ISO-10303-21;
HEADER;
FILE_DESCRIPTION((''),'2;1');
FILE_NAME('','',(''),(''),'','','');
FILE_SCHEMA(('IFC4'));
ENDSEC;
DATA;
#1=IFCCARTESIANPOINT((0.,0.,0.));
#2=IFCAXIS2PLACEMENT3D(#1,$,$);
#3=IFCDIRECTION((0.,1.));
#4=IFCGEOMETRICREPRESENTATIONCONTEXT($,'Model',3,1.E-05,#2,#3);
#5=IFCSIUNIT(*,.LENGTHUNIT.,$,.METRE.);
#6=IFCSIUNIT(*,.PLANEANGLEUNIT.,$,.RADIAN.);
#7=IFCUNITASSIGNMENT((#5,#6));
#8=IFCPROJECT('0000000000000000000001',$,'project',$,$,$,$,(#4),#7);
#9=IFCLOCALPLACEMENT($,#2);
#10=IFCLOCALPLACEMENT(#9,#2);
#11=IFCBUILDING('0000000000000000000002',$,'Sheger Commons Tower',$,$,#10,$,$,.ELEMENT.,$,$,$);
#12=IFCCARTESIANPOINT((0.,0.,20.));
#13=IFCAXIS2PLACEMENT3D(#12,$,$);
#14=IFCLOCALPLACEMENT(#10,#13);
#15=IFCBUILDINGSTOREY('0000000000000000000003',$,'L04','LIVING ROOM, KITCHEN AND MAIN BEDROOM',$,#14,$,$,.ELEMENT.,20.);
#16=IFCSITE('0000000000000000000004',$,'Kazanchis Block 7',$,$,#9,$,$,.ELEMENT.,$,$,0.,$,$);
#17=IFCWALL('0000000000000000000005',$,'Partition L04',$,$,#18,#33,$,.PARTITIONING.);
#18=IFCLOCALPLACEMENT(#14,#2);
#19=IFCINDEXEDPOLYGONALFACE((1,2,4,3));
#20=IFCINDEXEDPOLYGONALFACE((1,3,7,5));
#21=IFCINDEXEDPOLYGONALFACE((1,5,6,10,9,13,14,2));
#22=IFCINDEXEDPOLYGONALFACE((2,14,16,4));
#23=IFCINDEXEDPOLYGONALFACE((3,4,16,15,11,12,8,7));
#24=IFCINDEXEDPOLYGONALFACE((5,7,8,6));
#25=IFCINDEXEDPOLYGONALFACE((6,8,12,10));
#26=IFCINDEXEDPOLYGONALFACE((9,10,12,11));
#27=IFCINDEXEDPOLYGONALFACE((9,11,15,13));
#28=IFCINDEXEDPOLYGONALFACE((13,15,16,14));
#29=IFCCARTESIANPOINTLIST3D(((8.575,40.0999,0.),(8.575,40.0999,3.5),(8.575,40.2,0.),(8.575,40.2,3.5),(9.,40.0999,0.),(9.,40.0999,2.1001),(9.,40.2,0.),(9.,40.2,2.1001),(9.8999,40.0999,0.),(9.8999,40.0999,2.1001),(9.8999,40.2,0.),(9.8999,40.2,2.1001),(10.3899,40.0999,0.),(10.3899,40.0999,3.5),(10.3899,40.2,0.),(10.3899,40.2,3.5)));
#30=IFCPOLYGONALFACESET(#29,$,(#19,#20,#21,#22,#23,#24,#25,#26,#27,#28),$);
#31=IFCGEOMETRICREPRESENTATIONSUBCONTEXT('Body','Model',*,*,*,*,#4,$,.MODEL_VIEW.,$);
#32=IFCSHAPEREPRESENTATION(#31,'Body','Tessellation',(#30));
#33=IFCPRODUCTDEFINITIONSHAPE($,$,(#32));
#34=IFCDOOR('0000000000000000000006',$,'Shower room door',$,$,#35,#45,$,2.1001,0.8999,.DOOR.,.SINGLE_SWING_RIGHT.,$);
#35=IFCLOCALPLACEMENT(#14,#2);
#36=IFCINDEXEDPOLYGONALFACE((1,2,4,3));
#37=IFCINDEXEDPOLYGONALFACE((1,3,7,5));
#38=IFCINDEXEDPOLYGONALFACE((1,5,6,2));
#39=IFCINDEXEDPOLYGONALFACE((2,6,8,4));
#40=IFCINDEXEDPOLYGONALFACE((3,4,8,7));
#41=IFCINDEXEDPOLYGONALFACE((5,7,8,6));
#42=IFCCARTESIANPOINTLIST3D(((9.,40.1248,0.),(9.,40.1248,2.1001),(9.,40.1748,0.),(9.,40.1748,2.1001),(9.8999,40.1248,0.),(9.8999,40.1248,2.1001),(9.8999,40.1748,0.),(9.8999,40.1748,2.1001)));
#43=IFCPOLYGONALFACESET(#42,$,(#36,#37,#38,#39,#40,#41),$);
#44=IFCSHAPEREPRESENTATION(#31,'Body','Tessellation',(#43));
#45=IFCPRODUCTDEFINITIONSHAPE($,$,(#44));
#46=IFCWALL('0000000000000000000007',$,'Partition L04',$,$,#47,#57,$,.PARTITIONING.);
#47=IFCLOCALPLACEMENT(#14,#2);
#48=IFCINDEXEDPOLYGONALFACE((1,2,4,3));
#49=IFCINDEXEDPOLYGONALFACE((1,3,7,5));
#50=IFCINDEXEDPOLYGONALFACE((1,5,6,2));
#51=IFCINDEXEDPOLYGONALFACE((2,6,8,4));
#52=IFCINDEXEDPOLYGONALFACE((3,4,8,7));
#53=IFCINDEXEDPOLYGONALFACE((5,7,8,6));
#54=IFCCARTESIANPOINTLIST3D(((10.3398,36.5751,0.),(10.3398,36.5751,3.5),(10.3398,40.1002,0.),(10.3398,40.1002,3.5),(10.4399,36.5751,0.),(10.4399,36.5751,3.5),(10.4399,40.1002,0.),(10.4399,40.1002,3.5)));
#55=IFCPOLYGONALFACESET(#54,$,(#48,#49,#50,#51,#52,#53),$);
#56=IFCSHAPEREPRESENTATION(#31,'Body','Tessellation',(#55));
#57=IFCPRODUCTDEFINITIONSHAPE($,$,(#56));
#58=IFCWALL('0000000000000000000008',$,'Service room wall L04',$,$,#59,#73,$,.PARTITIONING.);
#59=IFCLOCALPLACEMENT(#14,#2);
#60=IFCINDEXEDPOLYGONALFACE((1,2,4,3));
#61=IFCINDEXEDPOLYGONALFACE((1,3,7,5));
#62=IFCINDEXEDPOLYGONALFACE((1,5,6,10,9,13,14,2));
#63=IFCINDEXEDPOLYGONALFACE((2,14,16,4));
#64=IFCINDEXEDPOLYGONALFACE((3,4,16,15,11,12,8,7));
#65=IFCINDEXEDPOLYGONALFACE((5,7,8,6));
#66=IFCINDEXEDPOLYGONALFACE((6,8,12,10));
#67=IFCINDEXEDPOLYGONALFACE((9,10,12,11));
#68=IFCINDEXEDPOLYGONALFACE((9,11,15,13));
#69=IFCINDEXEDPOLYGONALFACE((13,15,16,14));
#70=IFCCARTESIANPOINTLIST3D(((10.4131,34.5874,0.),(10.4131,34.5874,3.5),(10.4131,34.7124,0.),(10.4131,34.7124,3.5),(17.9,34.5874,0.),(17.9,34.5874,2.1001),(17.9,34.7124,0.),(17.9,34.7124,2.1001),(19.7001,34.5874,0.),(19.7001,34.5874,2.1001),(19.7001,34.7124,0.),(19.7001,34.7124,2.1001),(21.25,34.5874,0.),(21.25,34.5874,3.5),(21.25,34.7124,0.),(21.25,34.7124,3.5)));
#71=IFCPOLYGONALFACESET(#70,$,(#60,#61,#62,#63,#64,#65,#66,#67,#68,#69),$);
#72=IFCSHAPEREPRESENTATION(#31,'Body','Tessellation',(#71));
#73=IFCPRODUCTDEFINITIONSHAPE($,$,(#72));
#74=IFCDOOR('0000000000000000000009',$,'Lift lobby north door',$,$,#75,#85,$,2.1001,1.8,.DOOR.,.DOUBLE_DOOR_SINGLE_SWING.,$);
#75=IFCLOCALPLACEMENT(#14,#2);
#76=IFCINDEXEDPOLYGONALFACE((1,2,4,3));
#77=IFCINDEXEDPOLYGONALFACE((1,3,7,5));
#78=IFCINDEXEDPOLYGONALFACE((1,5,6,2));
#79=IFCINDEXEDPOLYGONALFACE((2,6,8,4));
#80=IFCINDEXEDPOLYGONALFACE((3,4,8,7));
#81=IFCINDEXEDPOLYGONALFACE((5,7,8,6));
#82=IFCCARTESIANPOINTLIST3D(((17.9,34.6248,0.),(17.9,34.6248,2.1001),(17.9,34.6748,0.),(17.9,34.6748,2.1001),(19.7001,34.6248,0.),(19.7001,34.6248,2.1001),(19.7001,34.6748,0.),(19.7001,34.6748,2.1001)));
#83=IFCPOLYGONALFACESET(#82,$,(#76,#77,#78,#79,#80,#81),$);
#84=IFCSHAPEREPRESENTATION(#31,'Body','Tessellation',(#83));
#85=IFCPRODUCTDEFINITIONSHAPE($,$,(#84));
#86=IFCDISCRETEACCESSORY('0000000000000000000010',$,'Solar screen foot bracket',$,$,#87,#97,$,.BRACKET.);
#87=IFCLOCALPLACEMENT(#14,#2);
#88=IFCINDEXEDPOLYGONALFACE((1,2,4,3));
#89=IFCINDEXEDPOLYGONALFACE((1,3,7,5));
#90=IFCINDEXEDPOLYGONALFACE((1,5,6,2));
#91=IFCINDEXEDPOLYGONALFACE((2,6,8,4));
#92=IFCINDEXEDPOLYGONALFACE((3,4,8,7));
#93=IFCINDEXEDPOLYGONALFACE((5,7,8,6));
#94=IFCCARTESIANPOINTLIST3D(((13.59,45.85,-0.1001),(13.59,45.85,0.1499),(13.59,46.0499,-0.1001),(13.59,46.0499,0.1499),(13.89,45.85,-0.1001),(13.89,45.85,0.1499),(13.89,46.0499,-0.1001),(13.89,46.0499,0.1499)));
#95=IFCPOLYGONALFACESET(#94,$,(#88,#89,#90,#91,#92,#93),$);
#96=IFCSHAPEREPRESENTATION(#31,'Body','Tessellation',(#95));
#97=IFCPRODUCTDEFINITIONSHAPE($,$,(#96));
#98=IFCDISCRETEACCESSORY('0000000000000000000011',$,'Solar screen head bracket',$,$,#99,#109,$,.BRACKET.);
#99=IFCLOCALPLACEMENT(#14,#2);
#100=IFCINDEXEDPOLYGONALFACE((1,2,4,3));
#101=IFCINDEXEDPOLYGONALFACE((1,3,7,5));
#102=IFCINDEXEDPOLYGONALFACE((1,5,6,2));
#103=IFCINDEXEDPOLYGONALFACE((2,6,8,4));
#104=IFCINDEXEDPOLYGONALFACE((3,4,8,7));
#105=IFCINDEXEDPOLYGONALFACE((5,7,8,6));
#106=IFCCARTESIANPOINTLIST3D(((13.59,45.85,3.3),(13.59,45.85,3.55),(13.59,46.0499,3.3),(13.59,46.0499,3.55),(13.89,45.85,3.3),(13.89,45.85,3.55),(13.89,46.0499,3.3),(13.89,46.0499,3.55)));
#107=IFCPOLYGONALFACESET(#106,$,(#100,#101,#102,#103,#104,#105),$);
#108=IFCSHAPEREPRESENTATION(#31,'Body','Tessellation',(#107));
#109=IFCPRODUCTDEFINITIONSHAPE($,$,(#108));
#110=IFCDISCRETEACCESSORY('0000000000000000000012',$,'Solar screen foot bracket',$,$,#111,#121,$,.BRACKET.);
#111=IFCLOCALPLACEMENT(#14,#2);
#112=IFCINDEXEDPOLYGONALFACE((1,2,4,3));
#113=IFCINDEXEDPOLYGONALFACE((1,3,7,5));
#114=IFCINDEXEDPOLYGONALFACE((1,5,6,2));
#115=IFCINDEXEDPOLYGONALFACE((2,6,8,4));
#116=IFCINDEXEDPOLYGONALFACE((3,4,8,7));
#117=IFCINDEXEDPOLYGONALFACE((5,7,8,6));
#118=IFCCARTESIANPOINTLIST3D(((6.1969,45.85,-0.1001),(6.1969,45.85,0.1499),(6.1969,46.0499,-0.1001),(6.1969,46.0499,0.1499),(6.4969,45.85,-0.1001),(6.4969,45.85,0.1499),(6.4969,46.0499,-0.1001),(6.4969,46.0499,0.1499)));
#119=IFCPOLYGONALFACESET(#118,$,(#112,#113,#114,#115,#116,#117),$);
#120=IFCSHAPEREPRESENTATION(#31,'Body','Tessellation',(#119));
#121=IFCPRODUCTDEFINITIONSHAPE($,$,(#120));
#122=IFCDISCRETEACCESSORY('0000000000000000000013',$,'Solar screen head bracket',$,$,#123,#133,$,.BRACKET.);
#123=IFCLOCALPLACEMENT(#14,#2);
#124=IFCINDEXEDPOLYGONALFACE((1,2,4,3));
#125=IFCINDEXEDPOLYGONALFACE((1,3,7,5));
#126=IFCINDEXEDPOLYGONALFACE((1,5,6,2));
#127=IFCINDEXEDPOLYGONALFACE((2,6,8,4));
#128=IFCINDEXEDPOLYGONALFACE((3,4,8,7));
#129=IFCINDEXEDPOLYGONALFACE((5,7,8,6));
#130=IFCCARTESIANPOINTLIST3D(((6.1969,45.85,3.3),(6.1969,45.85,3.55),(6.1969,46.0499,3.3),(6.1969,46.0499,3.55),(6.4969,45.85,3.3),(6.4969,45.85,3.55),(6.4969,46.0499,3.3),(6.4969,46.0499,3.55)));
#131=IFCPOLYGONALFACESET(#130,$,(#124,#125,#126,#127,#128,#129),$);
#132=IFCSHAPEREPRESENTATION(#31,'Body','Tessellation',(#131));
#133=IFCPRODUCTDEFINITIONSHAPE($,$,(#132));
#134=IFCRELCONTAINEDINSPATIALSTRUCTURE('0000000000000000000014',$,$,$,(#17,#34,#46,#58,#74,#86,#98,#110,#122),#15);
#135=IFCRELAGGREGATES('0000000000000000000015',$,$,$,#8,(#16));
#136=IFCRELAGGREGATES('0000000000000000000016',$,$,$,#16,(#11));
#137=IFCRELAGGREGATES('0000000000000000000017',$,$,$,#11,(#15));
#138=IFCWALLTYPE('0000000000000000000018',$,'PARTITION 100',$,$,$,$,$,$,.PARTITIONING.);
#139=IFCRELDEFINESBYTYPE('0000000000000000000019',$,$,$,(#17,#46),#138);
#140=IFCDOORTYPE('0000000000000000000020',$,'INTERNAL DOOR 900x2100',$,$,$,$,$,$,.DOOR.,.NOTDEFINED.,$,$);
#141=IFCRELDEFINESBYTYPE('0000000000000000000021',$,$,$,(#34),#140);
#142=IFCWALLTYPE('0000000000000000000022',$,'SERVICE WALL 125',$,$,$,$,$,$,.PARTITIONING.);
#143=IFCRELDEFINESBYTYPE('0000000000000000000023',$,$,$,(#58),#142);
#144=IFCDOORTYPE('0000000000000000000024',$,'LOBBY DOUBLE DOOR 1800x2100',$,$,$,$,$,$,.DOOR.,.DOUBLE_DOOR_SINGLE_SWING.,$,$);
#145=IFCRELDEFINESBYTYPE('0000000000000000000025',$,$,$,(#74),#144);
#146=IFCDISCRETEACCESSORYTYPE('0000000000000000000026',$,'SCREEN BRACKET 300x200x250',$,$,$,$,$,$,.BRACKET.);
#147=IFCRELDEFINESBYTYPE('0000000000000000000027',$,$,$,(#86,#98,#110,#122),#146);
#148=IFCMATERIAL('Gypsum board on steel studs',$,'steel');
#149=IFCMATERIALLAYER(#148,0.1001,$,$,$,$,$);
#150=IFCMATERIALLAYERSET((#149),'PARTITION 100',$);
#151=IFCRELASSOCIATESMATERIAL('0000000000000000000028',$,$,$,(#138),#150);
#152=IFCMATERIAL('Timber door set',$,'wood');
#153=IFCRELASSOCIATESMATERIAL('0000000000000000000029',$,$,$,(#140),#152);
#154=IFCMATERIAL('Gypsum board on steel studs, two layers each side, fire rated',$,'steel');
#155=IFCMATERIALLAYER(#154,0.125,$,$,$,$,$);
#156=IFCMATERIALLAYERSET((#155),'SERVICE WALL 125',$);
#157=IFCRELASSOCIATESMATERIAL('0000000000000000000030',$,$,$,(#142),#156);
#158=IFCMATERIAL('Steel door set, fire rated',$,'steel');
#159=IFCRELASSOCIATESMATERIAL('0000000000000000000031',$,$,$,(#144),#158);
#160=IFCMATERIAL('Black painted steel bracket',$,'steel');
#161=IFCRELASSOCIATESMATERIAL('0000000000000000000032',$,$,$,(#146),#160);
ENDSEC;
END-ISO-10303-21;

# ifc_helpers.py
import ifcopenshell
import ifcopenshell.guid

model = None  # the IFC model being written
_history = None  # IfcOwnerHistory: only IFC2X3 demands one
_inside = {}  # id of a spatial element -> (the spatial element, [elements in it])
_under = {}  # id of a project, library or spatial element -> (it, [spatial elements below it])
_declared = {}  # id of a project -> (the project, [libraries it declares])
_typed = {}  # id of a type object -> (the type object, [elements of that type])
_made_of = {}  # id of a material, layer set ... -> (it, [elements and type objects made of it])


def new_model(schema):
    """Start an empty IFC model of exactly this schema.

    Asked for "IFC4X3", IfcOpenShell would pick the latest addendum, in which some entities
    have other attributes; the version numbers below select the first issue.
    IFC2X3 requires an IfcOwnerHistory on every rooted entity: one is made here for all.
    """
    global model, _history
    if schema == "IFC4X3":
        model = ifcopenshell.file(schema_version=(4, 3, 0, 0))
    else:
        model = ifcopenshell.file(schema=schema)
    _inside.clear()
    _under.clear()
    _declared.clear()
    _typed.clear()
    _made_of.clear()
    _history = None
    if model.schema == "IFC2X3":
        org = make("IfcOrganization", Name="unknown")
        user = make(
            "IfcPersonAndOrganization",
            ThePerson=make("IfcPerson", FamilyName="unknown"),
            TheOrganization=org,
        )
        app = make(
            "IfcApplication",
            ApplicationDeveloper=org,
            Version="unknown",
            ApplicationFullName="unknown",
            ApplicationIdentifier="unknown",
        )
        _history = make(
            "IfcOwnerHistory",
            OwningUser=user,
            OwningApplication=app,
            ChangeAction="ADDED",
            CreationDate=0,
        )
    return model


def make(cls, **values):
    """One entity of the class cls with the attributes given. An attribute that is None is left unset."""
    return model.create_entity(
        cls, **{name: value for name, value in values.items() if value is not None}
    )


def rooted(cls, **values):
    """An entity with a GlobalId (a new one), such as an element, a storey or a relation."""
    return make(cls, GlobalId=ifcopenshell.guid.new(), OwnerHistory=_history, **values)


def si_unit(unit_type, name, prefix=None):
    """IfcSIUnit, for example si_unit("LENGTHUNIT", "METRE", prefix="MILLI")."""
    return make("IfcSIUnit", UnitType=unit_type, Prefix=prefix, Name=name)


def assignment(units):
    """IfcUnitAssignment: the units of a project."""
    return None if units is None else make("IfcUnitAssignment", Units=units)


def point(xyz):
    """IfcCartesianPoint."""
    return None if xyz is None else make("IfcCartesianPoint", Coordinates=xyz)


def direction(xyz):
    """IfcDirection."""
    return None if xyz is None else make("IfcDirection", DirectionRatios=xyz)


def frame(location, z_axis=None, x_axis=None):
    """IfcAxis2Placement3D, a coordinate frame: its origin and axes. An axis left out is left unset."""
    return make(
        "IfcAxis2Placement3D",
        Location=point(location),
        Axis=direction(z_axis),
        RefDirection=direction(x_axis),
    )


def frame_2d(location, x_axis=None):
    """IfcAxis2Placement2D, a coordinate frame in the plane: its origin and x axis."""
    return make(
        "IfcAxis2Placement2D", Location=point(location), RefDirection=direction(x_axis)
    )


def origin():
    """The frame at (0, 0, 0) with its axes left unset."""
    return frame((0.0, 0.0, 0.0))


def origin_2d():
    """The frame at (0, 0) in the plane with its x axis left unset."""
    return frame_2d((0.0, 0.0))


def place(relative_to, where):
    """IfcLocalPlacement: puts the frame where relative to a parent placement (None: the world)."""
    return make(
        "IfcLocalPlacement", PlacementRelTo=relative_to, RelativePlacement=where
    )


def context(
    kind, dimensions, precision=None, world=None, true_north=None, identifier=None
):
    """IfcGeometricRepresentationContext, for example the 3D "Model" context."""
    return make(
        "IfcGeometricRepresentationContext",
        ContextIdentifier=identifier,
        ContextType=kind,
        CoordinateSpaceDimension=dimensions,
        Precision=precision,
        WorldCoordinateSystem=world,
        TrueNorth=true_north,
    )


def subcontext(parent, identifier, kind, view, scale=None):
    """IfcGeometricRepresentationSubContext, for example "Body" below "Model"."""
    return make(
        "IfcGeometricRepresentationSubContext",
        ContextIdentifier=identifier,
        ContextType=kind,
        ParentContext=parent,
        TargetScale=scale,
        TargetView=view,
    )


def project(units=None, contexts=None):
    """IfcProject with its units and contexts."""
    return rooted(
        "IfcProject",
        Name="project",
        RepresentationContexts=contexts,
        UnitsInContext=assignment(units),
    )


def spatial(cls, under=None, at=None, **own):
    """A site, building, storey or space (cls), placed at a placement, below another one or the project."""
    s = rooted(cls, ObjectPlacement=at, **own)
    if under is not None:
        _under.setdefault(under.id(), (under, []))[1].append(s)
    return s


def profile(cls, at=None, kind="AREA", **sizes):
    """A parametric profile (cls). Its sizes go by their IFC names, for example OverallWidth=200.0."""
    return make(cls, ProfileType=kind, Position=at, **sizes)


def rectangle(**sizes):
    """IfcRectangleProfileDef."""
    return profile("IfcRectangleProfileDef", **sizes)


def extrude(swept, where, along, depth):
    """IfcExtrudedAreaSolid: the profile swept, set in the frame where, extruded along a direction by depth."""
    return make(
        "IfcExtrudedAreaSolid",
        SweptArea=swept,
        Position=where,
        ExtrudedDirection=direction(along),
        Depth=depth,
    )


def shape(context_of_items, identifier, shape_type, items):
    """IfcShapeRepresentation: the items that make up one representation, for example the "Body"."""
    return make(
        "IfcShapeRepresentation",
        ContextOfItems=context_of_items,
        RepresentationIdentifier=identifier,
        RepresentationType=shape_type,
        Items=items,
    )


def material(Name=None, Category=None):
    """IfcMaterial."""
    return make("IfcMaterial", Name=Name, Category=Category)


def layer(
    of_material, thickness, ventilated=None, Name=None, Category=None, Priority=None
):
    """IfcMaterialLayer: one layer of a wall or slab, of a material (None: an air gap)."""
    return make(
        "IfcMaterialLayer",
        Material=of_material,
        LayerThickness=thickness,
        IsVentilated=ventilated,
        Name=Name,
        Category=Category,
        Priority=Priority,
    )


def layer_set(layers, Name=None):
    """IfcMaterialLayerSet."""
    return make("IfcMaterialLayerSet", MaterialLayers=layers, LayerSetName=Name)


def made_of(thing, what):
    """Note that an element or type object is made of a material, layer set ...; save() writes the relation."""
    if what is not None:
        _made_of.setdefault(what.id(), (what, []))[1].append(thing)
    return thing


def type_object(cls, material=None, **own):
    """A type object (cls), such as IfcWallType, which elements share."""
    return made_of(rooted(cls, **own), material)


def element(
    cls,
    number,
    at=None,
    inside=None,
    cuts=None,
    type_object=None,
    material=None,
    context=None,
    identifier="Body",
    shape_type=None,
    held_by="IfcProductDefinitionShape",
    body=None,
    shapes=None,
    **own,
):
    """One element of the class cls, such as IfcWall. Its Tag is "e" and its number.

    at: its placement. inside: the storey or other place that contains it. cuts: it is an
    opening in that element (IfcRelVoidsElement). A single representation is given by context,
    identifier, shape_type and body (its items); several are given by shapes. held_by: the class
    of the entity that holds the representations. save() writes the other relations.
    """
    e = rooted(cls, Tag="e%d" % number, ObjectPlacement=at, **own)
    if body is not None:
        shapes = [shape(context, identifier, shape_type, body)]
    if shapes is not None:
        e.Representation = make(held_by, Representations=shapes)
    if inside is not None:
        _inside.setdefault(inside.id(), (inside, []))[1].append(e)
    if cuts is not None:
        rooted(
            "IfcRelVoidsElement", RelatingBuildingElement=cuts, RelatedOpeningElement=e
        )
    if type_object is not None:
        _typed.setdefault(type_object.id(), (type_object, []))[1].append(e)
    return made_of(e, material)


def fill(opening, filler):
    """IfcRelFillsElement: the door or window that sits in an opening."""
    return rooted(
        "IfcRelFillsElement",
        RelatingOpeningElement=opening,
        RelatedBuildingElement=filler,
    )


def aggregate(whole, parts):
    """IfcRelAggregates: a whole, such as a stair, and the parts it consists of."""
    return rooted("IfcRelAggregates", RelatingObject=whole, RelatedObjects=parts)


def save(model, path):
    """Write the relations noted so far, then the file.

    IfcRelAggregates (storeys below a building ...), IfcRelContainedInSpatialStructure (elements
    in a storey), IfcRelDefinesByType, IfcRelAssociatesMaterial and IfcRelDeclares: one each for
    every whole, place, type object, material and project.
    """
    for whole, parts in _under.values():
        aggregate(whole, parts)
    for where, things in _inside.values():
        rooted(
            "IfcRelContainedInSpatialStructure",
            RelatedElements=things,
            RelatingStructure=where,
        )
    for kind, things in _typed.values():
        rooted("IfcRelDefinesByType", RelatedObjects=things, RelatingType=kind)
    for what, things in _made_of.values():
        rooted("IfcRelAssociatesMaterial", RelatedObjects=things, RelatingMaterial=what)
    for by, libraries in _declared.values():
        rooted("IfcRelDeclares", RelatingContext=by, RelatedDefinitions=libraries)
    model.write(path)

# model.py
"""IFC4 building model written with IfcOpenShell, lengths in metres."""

from ifc_helpers import new_model, si_unit, direction, frame, frame_2d, origin, origin_2d, place, context, subcontext, project, spatial, rectangle, extrude, material, layer, layer_set, type_object, element, fill, save


model = new_model("IFC4")

# Units and contexts
model_context = context("Model", 3, precision=1e-05, world=origin(), true_north=direction((0.0, 1.0)))
body_context = subcontext(model_context, "Body", "Model", "MODEL_VIEW")
ifc_project = project(units=[si_unit("LENGTHUNIT", "METRE"), si_unit("PLANEANGLEUNIT", "RADIAN")], contexts=[model_context])

# Site, building, storey
site_placement = place(None, origin())
site = spatial("IfcSite", under=ifc_project, at=site_placement, Name="Kazanchis Block 7", CompositionType="ELEMENT", RefElevation=0.0)
building_placement = place(site_placement, origin())
building = spatial("IfcBuilding", under=site, at=building_placement, Name="Sheger Commons Tower", CompositionType="ELEMENT")
storey_placement = place(building_placement, frame((0.0, 0.0, 20.0)))
storey = spatial("IfcBuildingStorey", under=building, at=storey_placement, Name="L04", Description="LIVING ROOM, KITCHEN AND MAIN BEDROOM", CompositionType="ELEMENT", Elevation=20.0)

# Shared definitions
ifc_material_1 = material(Name="Gypsum board on steel studs", Category="steel")
ifc_layer_1 = layer(ifc_material_1, 0.1001)
ifc_layer_set_1 = layer_set([ifc_layer_1], Name="PARTITION 100")
wall_type_1 = type_object("IfcWallType", Name="PARTITION 100", PredefinedType="PARTITIONING", material=ifc_layer_set_1)

# Wall, opening, door
wall_1_placement = place(storey_placement, frame((8.575, 40.1499, 0.0), z_axis=(0.0, 0.0, 1.0), x_axis=(1.0, 0.0, 0.0)))
wall_1 = element("IfcWall", 1, at=wall_1_placement, inside=storey, type_object=wall_type_1, Name="Partition L04", PredefinedType="PARTITIONING", context=body_context, shape_type="SweptSolid", body=[
    extrude(rectangle(XDim=1.8149, YDim=0.1001, at=frame_2d((0.9075, 0.0))), origin(), (0.0, 0.0, 1.0), 3.5),
])
opening_1_placement = place(wall_1_placement, frame((0.425, 0.0, 0.0)))
opening_1 = element("IfcOpeningElement", 2, at=opening_1_placement, cuts=wall_1, PredefinedType="OPENING", context=body_context, shape_type="SweptSolid", body=[
    extrude(rectangle(XDim=0.8999, YDim=2.1001, at=frame_2d((0.45, 1.05))), frame((0.0, 0.0601, 0.0), z_axis=(0.0, -1.0, 0.0), x_axis=(1.0, 0.0, 0.0)), (0.0, 0.0, 1.0), 0.1201),
])
ifc_material_2 = material(Name="Timber door set", Category="wood")
door_type_1 = type_object("IfcDoorType", Name="INTERNAL DOOR 900x2100", OperationType="NOTDEFINED", PredefinedType="DOOR", material=ifc_material_2)
door_1_placement = place(opening_1_placement, origin())
door_1 = element("IfcDoor", 3, at=door_1_placement, inside=storey, type_object=door_type_1, Name="Shower room door", OperationType="SINGLE_SWING_RIGHT", OverallHeight=2.1001, OverallWidth=0.8999, PredefinedType="DOOR", context=body_context, shape_type="SweptSolid", body=[
    extrude(rectangle(XDim=0.8999, YDim=2.1001, at=frame_2d((0.45, 1.05))), frame((0.0, 0.0249, 0.0), z_axis=(0.0, -1.0, 0.0), x_axis=(1.0, 0.0, 0.0)), (0.0, 0.0, 1.0), 0.05),
])
fill(opening_1, door_1)

# Wall
wall_2_placement = place(storey_placement, frame((10.3899, 36.575, 0.0), z_axis=(0.0, 0.0, 1.0), x_axis=(0.0, 1.0, 0.0)))
element("IfcWall", 4, at=wall_2_placement, inside=storey, type_object=wall_type_1, Name="Partition L04", PredefinedType="PARTITIONING", context=body_context, shape_type="SweptSolid", body=[
    extrude(rectangle(XDim=3.5251, YDim=0.1001, at=frame_2d((1.7627, 0.0))), origin(), (0.0, 0.0, 1.0), 3.5),
])

# Wall, opening, door
ifc_material_3 = material(Name="Gypsum board on steel studs, two layers each side, fire rated", Category="steel")
ifc_layer_2 = layer(ifc_material_3, 0.125)
ifc_layer_set_2 = layer_set([ifc_layer_2], Name="SERVICE WALL 125")
wall_type_2 = type_object("IfcWallType", Name="SERVICE WALL 125", PredefinedType="PARTITIONING", material=ifc_layer_set_2)
wall_3_placement = place(storey_placement, frame((10.4131, 34.6499, 0.0), z_axis=(0.0, 0.0, 1.0), x_axis=(1.0, 0.0, 0.0)))
wall_3 = element("IfcWall", 5, at=wall_3_placement, inside=storey, type_object=wall_type_2, Name="Service room wall L04", PredefinedType="PARTITIONING", context=body_context, shape_type="SweptSolid", body=[
    extrude(rectangle(XDim=10.8369, YDim=0.125, at=frame_2d((5.4185, 0.0))), origin(), (0.0, 0.0, 1.0), 3.5),
])
opening_2_placement = place(wall_3_placement, frame((7.4871, 0.0, 0.0)))
opening_2 = element("IfcOpeningElement", 6, at=opening_2_placement, cuts=wall_3, PredefinedType="OPENING", context=body_context, shape_type="SweptSolid", body=[
    extrude(rectangle(XDim=1.8, YDim=2.1001, at=frame_2d((0.8999, 1.05))), frame((0.0, 0.0725, 0.0), z_axis=(0.0, -1.0, 0.0), x_axis=(1.0, 0.0, 0.0)), (0.0, 0.0, 1.0), 0.145),
])
ifc_material_4 = material(Name="Steel door set, fire rated", Category="steel")
door_type_2 = type_object("IfcDoorType", Name="LOBBY DOUBLE DOOR 1800x2100", OperationType="DOUBLE_DOOR_SINGLE_SWING", PredefinedType="DOOR", material=ifc_material_4)
door_2_placement = place(opening_2_placement, origin())
door_2 = element("IfcDoor", 7, at=door_2_placement, inside=storey, type_object=door_type_2, Name="Lift lobby north door", OperationType="DOUBLE_DOOR_SINGLE_SWING", OverallHeight=2.1001, OverallWidth=1.8, PredefinedType="DOOR", context=body_context, shape_type="SweptSolid", body=[
    extrude(rectangle(XDim=1.8, YDim=2.1001, at=frame_2d((0.8999, 1.05))), frame((0.0, 0.0249, 0.0), z_axis=(0.0, -1.0, 0.0), x_axis=(1.0, 0.0, 0.0)), (0.0, 0.0, 1.0), 0.05),
])
fill(opening_2, door_2)

# Discrete accessories
ifc_material_5 = material(Name="Black painted steel bracket", Category="steel")
discrete_accessory_type = type_object("IfcDiscreteAccessoryType", Name="SCREEN BRACKET 300x200x250", PredefinedType="BRACKET", material=ifc_material_5)
for number, where, z_axis, x_axis, name in (
    (8, (13.74, 45.95, -0.1001), (0.0, 0.0, 1.0), (-1.0, 0.0, 0.0), "Solar screen foot bracket"),
    (9, (13.74, 45.95, 3.3), (0.0, 0.0, 1.0), (-1.0, 0.0, 0.0), "Solar screen head bracket"),
    (10, (6.3469, 45.95, -0.1001), (0.0, 0.0, 1.0), (-1.0, 0.0, 0.0), "Solar screen foot bracket"),
    (11, (6.3469, 45.95, 3.3), (0.0, 0.0, 1.0), (-1.0, 0.0, 0.0), "Solar screen head bracket"),
):
    element("IfcDiscreteAccessory", number, at=place(storey_placement, frame(where, z_axis=z_axis, x_axis=x_axis)), inside=storey, type_object=discrete_accessory_type, Name=name, PredefinedType="BRACKET", context=body_context, shape_type="SweptSolid", body=[
        extrude(rectangle(XDim=0.3, YDim=0.2, at=origin_2d()), origin(), (0.0, 0.0, 1.0), 0.25),
    ])

save(model, "model.ifc")
